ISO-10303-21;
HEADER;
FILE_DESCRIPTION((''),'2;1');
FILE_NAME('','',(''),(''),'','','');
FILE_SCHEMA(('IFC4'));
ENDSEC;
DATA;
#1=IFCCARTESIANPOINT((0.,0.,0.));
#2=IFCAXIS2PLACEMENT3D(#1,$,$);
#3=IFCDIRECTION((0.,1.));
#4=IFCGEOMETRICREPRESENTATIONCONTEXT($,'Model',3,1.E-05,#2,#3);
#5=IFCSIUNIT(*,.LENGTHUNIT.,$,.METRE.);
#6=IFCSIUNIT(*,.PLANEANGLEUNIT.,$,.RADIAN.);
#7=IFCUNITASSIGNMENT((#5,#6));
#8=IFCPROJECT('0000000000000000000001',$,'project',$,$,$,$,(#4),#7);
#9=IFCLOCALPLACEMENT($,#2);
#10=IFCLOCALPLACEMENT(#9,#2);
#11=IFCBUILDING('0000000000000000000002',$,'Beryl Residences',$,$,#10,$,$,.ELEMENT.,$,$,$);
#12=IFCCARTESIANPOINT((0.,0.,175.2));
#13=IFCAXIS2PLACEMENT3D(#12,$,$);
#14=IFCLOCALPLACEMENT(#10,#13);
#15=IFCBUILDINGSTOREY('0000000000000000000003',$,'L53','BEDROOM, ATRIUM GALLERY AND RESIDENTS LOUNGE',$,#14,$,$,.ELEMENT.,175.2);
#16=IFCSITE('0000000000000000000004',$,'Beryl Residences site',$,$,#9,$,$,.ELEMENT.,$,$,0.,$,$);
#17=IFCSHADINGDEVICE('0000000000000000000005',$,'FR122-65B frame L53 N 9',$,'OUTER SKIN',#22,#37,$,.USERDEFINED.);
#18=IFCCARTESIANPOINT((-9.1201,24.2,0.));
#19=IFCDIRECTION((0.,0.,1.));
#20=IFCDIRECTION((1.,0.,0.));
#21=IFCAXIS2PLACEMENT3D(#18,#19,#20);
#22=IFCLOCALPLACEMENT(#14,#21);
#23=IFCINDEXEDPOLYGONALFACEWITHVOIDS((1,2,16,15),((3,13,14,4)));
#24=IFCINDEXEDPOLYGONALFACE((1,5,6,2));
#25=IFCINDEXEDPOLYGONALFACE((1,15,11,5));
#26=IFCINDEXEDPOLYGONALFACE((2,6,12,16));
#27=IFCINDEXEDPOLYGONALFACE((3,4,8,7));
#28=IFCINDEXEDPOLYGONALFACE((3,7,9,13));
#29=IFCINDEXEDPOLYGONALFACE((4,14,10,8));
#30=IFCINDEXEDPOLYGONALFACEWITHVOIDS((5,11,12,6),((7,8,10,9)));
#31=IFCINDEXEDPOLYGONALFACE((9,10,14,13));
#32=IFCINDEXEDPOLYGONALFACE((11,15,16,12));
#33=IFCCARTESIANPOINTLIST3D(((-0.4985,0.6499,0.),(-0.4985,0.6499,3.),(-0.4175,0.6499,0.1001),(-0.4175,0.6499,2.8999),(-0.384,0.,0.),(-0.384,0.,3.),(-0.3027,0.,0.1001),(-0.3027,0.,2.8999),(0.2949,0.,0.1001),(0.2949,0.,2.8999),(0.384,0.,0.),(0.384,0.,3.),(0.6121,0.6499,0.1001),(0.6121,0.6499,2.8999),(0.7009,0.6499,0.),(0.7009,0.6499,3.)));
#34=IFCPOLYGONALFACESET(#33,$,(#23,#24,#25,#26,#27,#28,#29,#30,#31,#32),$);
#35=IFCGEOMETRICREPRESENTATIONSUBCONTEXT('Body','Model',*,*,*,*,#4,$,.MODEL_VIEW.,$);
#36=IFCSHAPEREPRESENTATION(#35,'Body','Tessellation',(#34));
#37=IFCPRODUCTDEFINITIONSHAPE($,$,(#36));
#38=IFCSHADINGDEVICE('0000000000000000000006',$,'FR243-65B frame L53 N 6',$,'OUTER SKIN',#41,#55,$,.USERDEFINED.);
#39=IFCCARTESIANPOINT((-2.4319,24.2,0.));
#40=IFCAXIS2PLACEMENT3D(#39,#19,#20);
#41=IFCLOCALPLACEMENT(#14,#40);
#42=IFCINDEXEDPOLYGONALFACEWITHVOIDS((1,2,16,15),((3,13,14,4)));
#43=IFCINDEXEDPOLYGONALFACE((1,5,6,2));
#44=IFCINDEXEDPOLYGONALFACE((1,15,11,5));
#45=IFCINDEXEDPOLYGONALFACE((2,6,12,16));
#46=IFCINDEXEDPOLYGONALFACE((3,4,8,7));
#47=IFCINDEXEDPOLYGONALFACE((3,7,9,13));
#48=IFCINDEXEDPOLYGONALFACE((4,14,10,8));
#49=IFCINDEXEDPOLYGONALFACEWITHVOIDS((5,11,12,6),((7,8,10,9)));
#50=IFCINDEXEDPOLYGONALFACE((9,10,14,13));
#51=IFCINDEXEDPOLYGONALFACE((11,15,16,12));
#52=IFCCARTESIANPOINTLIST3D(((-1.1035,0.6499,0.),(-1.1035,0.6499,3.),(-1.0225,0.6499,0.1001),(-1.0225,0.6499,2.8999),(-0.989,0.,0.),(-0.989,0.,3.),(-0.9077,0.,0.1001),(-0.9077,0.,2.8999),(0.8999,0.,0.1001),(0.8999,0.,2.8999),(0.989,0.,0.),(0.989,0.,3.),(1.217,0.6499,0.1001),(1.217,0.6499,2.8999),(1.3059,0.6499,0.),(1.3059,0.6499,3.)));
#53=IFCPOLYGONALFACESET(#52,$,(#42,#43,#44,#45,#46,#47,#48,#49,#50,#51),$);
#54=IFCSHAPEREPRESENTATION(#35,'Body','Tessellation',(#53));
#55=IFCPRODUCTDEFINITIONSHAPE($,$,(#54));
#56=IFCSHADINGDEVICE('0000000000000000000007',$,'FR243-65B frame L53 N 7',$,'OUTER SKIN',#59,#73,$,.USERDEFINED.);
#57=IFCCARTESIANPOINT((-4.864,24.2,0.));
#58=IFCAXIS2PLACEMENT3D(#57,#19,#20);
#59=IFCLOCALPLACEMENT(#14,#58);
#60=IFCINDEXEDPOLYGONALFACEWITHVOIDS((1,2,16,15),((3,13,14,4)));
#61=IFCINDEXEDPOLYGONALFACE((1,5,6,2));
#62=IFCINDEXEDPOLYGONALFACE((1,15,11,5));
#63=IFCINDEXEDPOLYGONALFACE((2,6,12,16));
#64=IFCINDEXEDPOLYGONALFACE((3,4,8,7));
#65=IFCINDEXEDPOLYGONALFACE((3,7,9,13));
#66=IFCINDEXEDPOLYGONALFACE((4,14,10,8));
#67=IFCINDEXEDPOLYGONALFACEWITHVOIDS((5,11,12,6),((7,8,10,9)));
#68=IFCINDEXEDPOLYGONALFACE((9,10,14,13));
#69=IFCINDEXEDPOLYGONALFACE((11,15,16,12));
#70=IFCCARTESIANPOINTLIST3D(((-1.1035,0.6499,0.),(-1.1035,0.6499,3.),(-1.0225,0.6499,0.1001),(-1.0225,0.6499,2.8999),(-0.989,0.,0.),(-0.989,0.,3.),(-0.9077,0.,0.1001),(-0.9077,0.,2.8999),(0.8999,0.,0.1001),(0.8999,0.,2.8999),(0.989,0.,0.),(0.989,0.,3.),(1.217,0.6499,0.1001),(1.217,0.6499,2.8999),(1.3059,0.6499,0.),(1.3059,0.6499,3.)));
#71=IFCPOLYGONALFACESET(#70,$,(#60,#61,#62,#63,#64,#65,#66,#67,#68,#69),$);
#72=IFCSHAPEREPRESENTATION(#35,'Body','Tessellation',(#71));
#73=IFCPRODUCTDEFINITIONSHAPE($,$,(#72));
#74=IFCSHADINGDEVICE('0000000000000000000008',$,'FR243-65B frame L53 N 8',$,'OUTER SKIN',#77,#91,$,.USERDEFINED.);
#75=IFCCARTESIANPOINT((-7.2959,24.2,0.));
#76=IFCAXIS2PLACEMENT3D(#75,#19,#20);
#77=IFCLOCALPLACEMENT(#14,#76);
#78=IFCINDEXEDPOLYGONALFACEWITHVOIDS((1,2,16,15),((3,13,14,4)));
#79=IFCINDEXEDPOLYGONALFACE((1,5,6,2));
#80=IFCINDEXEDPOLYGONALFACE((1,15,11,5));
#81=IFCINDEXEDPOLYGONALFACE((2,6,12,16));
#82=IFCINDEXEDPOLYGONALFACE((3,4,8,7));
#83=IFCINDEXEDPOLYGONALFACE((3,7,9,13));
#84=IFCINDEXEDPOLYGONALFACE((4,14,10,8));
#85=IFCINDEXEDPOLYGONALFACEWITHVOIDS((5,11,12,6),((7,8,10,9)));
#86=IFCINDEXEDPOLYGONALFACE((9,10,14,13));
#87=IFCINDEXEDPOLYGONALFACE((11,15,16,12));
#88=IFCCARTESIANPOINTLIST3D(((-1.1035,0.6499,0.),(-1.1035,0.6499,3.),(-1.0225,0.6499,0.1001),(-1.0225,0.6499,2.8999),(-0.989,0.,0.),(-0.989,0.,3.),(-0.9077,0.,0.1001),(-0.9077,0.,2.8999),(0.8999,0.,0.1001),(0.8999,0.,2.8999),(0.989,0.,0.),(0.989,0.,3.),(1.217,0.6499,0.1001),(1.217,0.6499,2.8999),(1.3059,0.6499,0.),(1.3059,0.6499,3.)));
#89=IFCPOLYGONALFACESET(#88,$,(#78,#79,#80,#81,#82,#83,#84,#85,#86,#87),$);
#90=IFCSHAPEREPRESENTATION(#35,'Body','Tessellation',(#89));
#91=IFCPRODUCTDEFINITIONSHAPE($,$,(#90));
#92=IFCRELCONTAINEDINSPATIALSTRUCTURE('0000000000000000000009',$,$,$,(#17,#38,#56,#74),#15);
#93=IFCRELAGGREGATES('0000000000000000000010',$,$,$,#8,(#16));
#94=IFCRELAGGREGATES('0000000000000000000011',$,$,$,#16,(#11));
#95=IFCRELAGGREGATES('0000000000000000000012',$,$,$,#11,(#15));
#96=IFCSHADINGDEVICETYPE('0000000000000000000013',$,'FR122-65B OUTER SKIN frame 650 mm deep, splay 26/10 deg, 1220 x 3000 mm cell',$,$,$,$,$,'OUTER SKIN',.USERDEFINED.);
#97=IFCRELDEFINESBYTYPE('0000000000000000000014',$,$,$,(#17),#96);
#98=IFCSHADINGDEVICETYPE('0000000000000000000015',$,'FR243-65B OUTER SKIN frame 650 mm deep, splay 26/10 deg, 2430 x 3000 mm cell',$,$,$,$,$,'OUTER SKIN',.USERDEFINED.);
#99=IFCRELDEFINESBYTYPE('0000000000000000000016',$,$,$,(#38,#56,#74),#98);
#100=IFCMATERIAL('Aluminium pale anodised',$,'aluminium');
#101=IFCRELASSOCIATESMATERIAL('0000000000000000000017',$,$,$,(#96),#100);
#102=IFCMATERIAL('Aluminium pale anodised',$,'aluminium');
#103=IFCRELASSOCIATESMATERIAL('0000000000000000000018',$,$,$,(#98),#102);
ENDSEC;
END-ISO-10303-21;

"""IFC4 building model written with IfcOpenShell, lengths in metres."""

from ifc_helpers import new_model, entity, si_unit, direction, frame, origin, place, context, subcontext, project, spatial, source, transform, mapped, material, type_object, type_shapes, element, save


model = new_model("IFC4")

# Units and contexts
model_context = context("Model", 3, precision=1e-05, world=origin(), true_north=direction((0.0, 1.0)))
body_context = subcontext(model_context, "Body", "Model", "MODEL_VIEW")
ifc_project = project(units=[si_unit("LENGTHUNIT", "METRE"), si_unit("PLANEANGLEUNIT", "RADIAN")], contexts=[model_context])

# Site, building, storey
site_placement = place(None, origin())
site = spatial("IfcSite", under=ifc_project, at=site_placement, Name="Beryl Residences site", CompositionType="ELEMENT", RefElevation=0.0)
building_placement = place(site_placement, origin())
building = spatial("IfcBuilding", under=site, at=building_placement, Name="Beryl Residences", CompositionType="ELEMENT")
storey_placement = place(building_placement, frame((0.0, 0.0, 175.2)))
storey = spatial("IfcBuildingStorey", under=building, at=storey_placement, Name="L53", Description="BEDROOM, ATRIUM GALLERY AND RESIDENTS LOUNGE", CompositionType="ELEMENT", Elevation=175.2)

# Shading devices
ifc_material_1 = material(Name="Aluminium pale anodised", Category="aluminium")
shading_device_type_1 = type_object("IfcShadingDeviceType", Name="FR122-65B OUTER SKIN frame 650 mm deep, splay 26/10 deg, 1220 x 3000 mm cell", ElementType="OUTER SKIN", PredefinedType="USERDEFINED", material=ifc_material_1)
cartesian_point_1 = entity("IfcCartesianPoint", [-0.384, 0.0])
cartesian_point_2 = entity("IfcCartesianPoint", [-0.2949, 0.1001])
cartesian_point_3 = entity("IfcCartesianPoint", [-0.7009, 0.0])
cartesian_point_4 = entity("IfcCartesianPoint", [-0.6121, 0.1001])
shared_shape_1 = source(origin(), body_context, "Body", "SweptSolid", [
    entity("IfcExtrudedAreaSolidTapered", entity("IfcArbitraryProfileDefWithVoids", "AREA", None, entity("IfcPolyline", [cartesian_point_1, entity("IfcCartesianPoint", [0.384, 0.0]), entity("IfcCartesianPoint", [0.384, 3.0]), entity("IfcCartesianPoint", [-0.384, 3.0]), cartesian_point_1]), [entity("IfcPolyline", [cartesian_point_2, entity("IfcCartesianPoint", [0.3027, 0.1001]), entity("IfcCartesianPoint", [0.3027, 2.8999]), entity("IfcCartesianPoint", [-0.2949, 2.8999]), cartesian_point_2])]), entity("IfcAxis2Placement3D", entity("IfcCartesianPoint", [0.0, 0.0, 0.0]), entity("IfcDirection", [0.0, 1.0, 0.0]), entity("IfcDirection", [-1.0, 0.0, 0.0])), entity("IfcDirection", [0.0, 0.0, 1.0]), 0.6499, entity("IfcArbitraryProfileDefWithVoids", "AREA", None, entity("IfcPolyline", [cartesian_point_3, entity("IfcCartesianPoint", [0.4985, 0.0]), entity("IfcCartesianPoint", [0.4985, 3.0]), entity("IfcCartesianPoint", [-0.7009, 3.0]), cartesian_point_3]), [entity("IfcPolyline", [cartesian_point_4, entity("IfcCartesianPoint", [0.4175, 0.1001]), entity("IfcCartesianPoint", [0.4175, 2.8999]), entity("IfcCartesianPoint", [-0.6121, 2.8999]), cartesian_point_4])])),
])
type_shapes(shading_device_type_1, [shared_shape_1])
shading_device_placement = place(storey_placement, frame((-9.1201, 24.2, 0.0), z_axis=(0.0, 0.0, 1.0), x_axis=(1.0, 0.0, 0.0)))
element("IfcShadingDevice", 1, at=shading_device_placement, inside=storey, type_object=shading_device_type_1, Name="FR122-65B frame L53 N 9", ObjectType="OUTER SKIN", PredefinedType="USERDEFINED", context=body_context, shape_type="MappedRepresentation", body=[
    mapped(shared_shape_1, transform((0.0, 0.0, 0.0))),
])
ifc_material_2 = material(Name="Aluminium pale anodised", Category="aluminium")
shading_device_type_2 = type_object("IfcShadingDeviceType", Name="FR243-65B OUTER SKIN frame 650 mm deep, splay 26/10 deg, 2430 x 3000 mm cell", ElementType="OUTER SKIN", PredefinedType="USERDEFINED", material=ifc_material_2)
cartesian_point_5 = entity("IfcCartesianPoint", [-0.989, 0.0])
cartesian_point_6 = entity("IfcCartesianPoint", [-0.8999, 0.1001])
cartesian_point_7 = entity("IfcCartesianPoint", [-1.3059, 0.0])
cartesian_point_8 = entity("IfcCartesianPoint", [-1.217, 0.1001])
shared_shape_2 = source(origin(), body_context, "Body", "SweptSolid", [
    entity("IfcExtrudedAreaSolidTapered", entity("IfcArbitraryProfileDefWithVoids", "AREA", None, entity("IfcPolyline", [cartesian_point_5, entity("IfcCartesianPoint", [0.989, 0.0]), entity("IfcCartesianPoint", [0.989, 3.0]), entity("IfcCartesianPoint", [-0.989, 3.0]), cartesian_point_5]), [entity("IfcPolyline", [cartesian_point_6, entity("IfcCartesianPoint", [0.9077, 0.1001]), entity("IfcCartesianPoint", [0.9077, 2.8999]), entity("IfcCartesianPoint", [-0.8999, 2.8999]), cartesian_point_6])]), entity("IfcAxis2Placement3D", entity("IfcCartesianPoint", [0.0, 0.0, 0.0]), entity("IfcDirection", [0.0, 1.0, 0.0]), entity("IfcDirection", [-1.0, 0.0, 0.0])), entity("IfcDirection", [0.0, 0.0, 1.0]), 0.6499, entity("IfcArbitraryProfileDefWithVoids", "AREA", None, entity("IfcPolyline", [cartesian_point_7, entity("IfcCartesianPoint", [1.1035, 0.0]), entity("IfcCartesianPoint", [1.1035, 3.0]), entity("IfcCartesianPoint", [-1.3059, 3.0]), cartesian_point_7]), [entity("IfcPolyline", [cartesian_point_8, entity("IfcCartesianPoint", [1.0225, 0.1001]), entity("IfcCartesianPoint", [1.0225, 2.8999]), entity("IfcCartesianPoint", [-1.217, 2.8999]), cartesian_point_8])])),
])
type_shapes(shading_device_type_2, [shared_shape_2])
for number, where, z_axis, x_axis, name in (
    (2, (-2.4319, 24.2, 0.0), (0.0, 0.0, 1.0), (1.0, 0.0, 0.0), "FR243-65B frame L53 N 6"),
    (3, (-4.864, 24.2, 0.0), (0.0, 0.0, 1.0), (1.0, 0.0, 0.0), "FR243-65B frame L53 N 7"),
    (4, (-7.2959, 24.2, 0.0), (0.0, 0.0, 1.0), (1.0, 0.0, 0.0), "FR243-65B frame L53 N 8"),
):
    element("IfcShadingDevice", number, at=place(storey_placement, frame(where, z_axis=z_axis, x_axis=x_axis)), inside=storey, type_object=shading_device_type_2, Name=name, ObjectType="OUTER SKIN", PredefinedType="USERDEFINED", context=body_context, shape_type="MappedRepresentation", body=[
        mapped(shared_shape_2, transform((0.0, 0.0, 0.0))),
    ])

save(model, "model.ifc")
